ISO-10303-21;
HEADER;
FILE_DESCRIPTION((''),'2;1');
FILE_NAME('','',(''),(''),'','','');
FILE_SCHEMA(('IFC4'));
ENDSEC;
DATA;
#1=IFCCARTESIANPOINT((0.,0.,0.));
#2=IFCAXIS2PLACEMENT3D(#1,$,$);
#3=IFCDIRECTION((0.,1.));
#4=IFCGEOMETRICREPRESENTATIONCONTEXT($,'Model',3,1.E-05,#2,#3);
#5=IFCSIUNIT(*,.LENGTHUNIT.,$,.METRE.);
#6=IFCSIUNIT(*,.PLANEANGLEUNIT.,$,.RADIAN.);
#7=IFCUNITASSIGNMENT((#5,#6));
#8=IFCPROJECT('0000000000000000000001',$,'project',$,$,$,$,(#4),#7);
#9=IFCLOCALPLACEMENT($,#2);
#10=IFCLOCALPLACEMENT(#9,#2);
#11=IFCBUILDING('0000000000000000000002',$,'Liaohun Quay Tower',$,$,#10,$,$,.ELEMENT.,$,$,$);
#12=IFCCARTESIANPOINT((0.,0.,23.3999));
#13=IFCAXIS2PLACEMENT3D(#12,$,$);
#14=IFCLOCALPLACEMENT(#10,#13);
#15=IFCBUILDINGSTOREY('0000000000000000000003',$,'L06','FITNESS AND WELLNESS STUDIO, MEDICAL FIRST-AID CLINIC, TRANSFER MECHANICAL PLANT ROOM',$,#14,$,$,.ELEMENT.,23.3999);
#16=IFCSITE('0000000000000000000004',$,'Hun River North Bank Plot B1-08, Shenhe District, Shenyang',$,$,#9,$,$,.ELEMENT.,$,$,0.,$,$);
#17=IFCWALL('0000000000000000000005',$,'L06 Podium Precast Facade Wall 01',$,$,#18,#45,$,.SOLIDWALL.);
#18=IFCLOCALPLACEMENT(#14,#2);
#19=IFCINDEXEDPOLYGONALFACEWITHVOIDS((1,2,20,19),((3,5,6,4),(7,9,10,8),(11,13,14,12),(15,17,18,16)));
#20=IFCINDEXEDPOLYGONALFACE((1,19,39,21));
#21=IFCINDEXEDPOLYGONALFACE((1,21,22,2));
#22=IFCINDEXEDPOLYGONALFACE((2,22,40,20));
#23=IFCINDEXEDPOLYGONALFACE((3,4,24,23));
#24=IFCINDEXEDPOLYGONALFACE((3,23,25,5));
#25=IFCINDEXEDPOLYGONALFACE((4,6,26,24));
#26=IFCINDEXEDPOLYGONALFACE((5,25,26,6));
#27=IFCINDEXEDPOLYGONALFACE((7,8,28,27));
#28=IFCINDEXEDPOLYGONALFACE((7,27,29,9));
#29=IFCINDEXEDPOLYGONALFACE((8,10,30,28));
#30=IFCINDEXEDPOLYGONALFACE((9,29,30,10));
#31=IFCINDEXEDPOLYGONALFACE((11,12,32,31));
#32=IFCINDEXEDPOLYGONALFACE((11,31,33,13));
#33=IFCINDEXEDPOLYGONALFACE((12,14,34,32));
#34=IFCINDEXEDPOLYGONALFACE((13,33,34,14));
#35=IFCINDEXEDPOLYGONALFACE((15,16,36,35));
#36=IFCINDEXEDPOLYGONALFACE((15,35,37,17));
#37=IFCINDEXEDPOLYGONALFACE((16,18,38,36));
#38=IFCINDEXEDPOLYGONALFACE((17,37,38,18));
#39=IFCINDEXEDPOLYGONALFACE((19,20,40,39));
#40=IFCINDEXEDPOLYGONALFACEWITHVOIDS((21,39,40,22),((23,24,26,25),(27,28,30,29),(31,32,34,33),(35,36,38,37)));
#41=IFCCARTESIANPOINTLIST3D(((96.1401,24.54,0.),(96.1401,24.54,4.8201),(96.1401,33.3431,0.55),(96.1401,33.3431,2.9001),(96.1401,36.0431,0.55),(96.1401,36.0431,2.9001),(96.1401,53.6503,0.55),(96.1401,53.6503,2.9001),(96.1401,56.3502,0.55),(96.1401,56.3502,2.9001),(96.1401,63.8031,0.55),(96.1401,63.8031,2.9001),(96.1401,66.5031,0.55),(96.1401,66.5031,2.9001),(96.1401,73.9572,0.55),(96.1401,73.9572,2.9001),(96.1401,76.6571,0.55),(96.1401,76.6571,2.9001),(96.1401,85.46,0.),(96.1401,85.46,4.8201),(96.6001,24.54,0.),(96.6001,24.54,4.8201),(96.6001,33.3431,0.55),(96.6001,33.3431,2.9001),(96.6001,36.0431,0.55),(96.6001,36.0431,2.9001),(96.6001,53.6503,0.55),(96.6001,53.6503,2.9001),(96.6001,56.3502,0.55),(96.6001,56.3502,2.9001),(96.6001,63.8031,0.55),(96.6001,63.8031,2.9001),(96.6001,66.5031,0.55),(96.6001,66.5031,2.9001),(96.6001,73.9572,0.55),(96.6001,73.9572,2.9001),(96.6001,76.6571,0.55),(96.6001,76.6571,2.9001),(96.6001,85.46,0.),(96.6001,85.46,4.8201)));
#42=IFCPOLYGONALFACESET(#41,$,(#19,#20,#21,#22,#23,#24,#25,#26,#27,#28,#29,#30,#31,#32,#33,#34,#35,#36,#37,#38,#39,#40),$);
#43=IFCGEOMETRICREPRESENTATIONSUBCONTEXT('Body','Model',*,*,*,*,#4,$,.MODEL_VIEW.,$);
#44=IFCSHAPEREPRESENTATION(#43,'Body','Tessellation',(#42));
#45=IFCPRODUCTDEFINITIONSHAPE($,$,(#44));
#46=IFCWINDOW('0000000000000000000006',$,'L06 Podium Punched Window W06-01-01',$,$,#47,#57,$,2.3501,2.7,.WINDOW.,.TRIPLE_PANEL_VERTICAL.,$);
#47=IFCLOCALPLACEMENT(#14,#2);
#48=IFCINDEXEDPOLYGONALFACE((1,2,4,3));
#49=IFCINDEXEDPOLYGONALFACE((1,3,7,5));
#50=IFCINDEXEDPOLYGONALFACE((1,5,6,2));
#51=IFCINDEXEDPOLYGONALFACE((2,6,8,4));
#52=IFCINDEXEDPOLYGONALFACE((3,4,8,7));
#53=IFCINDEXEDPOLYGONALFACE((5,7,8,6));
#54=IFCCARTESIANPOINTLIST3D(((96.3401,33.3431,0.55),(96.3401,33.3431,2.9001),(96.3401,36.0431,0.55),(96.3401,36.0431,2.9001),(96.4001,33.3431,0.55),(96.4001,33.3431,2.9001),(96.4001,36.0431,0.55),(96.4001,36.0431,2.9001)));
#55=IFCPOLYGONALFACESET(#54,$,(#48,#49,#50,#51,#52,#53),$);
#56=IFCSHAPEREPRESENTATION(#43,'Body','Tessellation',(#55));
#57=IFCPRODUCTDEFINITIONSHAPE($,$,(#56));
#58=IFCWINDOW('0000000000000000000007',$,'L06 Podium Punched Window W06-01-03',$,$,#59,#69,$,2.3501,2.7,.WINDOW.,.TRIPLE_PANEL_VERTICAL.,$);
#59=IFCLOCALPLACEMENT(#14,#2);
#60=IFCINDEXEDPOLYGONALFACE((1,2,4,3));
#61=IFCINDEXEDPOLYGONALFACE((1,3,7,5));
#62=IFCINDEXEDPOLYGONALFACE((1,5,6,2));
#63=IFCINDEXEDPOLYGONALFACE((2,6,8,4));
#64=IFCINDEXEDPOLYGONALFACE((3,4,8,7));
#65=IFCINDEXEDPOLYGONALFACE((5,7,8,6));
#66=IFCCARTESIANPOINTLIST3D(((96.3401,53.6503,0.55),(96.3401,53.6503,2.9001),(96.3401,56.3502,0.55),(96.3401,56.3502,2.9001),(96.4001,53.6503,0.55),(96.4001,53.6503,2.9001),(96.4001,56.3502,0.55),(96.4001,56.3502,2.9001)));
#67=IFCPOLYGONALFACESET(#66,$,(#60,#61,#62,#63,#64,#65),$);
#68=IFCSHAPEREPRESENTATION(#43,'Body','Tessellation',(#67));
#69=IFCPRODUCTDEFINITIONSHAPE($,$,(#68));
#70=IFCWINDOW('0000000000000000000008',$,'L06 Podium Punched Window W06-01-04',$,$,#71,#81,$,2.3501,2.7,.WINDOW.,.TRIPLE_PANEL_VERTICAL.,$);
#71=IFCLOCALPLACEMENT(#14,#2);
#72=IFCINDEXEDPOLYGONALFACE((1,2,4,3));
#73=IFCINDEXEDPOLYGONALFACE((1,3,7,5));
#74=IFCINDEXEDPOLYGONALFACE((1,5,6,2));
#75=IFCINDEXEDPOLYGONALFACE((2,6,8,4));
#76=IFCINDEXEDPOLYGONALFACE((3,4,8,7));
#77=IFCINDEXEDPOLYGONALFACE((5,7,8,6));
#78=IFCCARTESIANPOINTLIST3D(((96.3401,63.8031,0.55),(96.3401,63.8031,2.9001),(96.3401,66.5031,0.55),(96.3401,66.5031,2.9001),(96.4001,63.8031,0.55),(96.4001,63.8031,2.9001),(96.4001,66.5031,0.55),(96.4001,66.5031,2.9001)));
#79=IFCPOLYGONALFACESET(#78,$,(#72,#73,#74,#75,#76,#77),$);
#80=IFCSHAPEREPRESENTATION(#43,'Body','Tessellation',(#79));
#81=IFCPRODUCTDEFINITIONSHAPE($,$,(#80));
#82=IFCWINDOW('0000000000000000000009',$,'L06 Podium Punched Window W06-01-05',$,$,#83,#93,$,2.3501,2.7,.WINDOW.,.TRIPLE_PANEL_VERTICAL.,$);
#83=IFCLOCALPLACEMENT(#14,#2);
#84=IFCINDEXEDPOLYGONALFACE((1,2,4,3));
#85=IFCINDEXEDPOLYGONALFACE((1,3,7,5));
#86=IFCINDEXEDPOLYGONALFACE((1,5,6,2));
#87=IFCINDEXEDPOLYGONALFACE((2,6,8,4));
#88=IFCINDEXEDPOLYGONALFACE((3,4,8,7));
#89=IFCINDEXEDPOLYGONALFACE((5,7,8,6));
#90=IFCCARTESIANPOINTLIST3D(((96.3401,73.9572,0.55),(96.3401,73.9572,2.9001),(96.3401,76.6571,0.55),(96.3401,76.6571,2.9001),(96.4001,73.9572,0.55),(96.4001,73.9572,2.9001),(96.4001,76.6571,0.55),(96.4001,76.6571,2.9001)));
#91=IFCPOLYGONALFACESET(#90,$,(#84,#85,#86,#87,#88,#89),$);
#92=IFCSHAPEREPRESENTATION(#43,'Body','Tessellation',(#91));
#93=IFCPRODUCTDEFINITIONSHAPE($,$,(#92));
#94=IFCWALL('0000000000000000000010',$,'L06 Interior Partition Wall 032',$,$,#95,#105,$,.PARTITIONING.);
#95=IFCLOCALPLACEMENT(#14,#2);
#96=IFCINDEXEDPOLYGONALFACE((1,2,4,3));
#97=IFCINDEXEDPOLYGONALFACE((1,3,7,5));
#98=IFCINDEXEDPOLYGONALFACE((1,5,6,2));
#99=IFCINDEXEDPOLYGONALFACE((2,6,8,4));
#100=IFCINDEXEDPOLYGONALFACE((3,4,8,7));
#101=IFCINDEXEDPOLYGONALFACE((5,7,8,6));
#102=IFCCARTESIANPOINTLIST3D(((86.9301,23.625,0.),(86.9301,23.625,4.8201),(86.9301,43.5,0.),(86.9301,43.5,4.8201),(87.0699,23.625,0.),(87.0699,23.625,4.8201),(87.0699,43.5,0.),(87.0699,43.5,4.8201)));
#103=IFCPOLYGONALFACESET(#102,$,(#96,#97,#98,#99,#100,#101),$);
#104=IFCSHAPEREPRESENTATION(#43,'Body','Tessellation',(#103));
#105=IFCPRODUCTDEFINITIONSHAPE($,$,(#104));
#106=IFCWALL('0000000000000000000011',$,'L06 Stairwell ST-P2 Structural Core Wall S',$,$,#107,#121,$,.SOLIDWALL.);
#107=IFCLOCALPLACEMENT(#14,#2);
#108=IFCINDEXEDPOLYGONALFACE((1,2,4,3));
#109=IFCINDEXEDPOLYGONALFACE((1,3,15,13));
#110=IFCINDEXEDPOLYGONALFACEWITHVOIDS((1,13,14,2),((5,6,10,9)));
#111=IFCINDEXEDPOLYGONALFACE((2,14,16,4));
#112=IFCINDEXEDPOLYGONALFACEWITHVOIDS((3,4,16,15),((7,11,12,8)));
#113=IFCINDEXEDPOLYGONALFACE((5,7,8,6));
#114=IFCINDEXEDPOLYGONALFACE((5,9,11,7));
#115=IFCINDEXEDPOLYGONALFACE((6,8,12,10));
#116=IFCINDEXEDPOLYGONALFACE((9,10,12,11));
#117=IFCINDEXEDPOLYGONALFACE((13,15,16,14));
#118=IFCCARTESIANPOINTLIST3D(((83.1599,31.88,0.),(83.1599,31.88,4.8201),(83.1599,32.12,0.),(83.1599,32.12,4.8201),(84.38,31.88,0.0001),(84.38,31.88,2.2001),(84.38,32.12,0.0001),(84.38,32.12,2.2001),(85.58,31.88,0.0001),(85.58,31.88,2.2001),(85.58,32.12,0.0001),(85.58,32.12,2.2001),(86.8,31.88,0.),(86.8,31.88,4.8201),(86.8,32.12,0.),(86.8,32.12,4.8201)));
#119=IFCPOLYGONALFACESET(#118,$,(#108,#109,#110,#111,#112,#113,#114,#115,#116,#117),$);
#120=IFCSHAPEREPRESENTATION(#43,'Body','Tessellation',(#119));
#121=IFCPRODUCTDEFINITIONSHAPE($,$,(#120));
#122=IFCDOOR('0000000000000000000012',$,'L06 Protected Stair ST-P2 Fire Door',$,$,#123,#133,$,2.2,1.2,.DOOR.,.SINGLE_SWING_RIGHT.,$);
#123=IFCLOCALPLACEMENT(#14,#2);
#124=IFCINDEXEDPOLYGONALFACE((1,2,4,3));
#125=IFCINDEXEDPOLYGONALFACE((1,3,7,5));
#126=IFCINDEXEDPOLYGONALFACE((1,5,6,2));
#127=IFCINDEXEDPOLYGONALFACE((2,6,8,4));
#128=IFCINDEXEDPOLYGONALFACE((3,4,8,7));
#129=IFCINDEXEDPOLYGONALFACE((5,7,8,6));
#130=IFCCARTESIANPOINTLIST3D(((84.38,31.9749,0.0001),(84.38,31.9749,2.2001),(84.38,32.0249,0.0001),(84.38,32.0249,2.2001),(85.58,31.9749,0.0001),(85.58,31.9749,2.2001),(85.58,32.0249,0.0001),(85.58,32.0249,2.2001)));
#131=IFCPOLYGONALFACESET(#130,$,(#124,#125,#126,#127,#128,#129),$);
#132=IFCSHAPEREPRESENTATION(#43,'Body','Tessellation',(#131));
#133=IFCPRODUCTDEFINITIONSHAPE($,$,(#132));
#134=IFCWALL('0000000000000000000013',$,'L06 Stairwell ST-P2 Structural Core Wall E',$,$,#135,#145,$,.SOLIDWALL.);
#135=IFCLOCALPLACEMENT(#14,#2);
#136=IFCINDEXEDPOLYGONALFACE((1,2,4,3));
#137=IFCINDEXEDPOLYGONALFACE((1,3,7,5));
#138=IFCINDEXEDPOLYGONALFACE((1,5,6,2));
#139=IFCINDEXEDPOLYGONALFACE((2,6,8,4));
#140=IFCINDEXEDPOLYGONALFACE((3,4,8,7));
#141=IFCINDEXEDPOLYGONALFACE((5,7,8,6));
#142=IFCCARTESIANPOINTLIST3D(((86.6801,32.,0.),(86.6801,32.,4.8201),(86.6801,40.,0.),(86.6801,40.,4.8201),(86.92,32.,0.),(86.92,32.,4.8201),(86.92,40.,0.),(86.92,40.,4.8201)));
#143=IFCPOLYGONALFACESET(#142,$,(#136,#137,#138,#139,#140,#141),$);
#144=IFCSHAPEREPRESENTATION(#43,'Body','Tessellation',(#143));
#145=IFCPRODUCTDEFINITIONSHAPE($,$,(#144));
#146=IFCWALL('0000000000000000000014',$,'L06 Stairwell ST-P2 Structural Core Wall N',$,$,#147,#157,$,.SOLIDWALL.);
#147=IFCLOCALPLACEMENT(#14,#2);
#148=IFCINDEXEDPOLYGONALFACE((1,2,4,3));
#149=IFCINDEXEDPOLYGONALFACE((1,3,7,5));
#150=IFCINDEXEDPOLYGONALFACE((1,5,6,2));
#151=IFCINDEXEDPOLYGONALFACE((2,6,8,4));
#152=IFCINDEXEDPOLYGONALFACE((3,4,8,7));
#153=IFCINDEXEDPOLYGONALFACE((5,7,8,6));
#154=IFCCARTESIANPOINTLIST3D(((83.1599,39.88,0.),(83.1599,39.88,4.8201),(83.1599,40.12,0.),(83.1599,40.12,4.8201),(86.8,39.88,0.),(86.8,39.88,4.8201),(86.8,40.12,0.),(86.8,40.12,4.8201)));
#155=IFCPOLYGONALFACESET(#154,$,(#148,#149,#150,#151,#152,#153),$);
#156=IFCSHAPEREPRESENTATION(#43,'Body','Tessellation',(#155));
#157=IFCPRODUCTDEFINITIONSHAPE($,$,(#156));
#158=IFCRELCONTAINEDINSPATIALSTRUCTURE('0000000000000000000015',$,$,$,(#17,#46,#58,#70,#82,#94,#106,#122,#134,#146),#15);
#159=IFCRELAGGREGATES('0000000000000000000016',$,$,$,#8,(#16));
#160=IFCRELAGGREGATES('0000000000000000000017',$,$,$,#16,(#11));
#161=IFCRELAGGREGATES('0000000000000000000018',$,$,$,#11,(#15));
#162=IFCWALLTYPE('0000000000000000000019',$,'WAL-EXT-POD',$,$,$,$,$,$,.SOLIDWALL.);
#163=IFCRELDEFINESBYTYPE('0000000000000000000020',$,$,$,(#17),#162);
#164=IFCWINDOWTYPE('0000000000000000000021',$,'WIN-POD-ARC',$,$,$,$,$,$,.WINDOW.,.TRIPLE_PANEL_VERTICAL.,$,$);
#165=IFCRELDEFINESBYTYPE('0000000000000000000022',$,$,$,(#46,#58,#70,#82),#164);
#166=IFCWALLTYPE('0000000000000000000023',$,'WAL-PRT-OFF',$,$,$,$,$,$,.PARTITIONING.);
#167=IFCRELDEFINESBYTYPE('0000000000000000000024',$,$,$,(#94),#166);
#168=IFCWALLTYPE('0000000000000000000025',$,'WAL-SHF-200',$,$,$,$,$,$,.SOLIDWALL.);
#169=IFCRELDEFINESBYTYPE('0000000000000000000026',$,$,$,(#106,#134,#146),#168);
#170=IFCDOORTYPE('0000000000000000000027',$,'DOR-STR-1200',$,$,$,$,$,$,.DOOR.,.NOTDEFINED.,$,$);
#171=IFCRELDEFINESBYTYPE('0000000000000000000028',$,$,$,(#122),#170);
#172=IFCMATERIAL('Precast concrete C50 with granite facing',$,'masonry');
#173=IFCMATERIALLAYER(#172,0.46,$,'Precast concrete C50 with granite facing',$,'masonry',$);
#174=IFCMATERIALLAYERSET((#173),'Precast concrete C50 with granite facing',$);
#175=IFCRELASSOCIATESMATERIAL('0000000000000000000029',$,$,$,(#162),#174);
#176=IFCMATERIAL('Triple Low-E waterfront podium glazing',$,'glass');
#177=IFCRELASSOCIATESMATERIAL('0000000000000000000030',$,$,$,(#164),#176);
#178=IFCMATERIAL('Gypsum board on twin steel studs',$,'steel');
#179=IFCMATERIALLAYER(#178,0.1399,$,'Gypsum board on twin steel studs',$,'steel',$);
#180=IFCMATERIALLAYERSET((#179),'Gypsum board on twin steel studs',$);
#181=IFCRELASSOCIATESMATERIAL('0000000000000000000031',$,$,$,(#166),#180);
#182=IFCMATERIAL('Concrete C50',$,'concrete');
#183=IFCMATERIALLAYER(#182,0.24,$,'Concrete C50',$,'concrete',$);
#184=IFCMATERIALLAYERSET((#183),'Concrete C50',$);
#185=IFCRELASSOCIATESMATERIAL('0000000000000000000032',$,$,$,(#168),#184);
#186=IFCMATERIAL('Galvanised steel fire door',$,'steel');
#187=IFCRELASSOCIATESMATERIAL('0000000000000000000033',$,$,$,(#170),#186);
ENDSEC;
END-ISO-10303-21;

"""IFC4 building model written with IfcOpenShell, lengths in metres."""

from ifc_helpers import new_model, si_unit, direction, frame, frame_2d, origin, place, context, subcontext, project, spatial, rectangle, extrude, source, transform, mapped, material, layer, layer_set, type_object, element, fill, save


model = new_model("IFC4")

# Units and contexts
model_context = context("Model", 3, precision=1e-05, world=origin(), true_north=direction((0.0, 1.0)))
body_context = subcontext(model_context, "Body", "Model", "MODEL_VIEW")
ifc_project = project(units=[si_unit("LENGTHUNIT", "METRE"), si_unit("PLANEANGLEUNIT", "RADIAN")], contexts=[model_context])

# Site, building, storey
site_placement = place(None, origin())
site = spatial("IfcSite", under=ifc_project, at=site_placement, Name="Hun River North Bank Plot B1-08, Shenhe District, Shenyang", CompositionType="ELEMENT", RefElevation=0.0)
building_placement = place(site_placement, origin())
building = spatial("IfcBuilding", under=site, at=building_placement, Name="Liaohun Quay Tower", CompositionType="ELEMENT")
storey_placement = place(building_placement, frame((0.0, 0.0, 23.3999)))
storey = spatial("IfcBuildingStorey", under=building, at=storey_placement, Name="L06", Description="FITNESS AND WELLNESS STUDIO, MEDICAL FIRST-AID CLINIC, TRANSFER MECHANICAL PLANT ROOM", CompositionType="ELEMENT", Elevation=23.3999)

# Wall, openings, windows
ifc_material_1 = material(Name="Precast concrete C50 with granite facing", Category="masonry")
ifc_layer_1 = layer(ifc_material_1, 0.46, Name="Precast concrete C50 with granite facing", Category="masonry")
ifc_layer_set_1 = layer_set([ifc_layer_1], Name="Precast concrete C50 with granite facing")
wall_type_1 = type_object("IfcWallType", Name="WAL-EXT-POD", PredefinedType="SOLIDWALL", material=ifc_layer_set_1)
wall_1_placement = place(storey_placement, frame((96.3701, 24.54, 0.0), z_axis=(0.0, 0.0, 1.0), x_axis=(0.0, 1.0, 0.0)))
wall_1 = element("IfcWall", 1, at=wall_1_placement, inside=storey, type_object=wall_type_1, Name="L06 Podium Precast Facade Wall 01", PredefinedType="SOLIDWALL", context=body_context, shape_type="SweptSolid", body=[
    extrude(rectangle(XDim=60.9199, YDim=0.46, at=frame_2d((30.46, 0.0))), origin(), (0.0, 0.0, 1.0), 4.8201),
])
shared_shape_1 = source(origin(), body_context, "Body", "SweptSolid", [
    extrude(rectangle(XDim=2.7, YDim=2.3501, at=frame_2d((1.3501, 1.175))), frame((0.0, 0.24, 0.0), z_axis=(0.0, -1.0, 0.0), x_axis=(1.0, 0.0, 0.0)), (0.0, 0.0, 1.0), 0.48),
])
opening_1_placement = place(wall_1_placement, frame((8.803, 0.0, 0.55)))
opening_1 = element("IfcOpeningElement", 2, at=opening_1_placement, cuts=wall_1, PredefinedType="OPENING", context=body_context, shape_type="MappedRepresentation", body=[
    mapped(shared_shape_1, transform((0.0, 0.0, 0.0), x_axis=(1.0, 0.0, 0.0), y_axis=(0.0, 1.0, 0.0), z_axis=(0.0, 0.0, 1.0), scale=1.0)),
])
opening_2_placement = place(wall_1_placement, frame((29.1101, 0.0, 0.55)))
opening_2 = element("IfcOpeningElement", 3, at=opening_2_placement, cuts=wall_1, PredefinedType="OPENING", context=body_context, shape_type="MappedRepresentation", body=[
    mapped(shared_shape_1, transform((0.0, 0.0, 0.0), x_axis=(1.0, 0.0, 0.0), y_axis=(0.0, 1.0, 0.0), z_axis=(0.0, 0.0, 1.0), scale=1.0)),
])
opening_3_placement = place(wall_1_placement, frame((39.2629, 0.0, 0.55)))
opening_3 = element("IfcOpeningElement", 4, at=opening_3_placement, cuts=wall_1, PredefinedType="OPENING", context=body_context, shape_type="MappedRepresentation", body=[
    mapped(shared_shape_1, transform((0.0, 0.0, 0.0), x_axis=(1.0, 0.0, 0.0), y_axis=(0.0, 1.0, 0.0), z_axis=(0.0, 0.0, 1.0), scale=1.0)),
])
opening_4_placement = place(wall_1_placement, frame((49.417, 0.0, 0.55)))
opening_4 = element("IfcOpeningElement", 5, at=opening_4_placement, cuts=wall_1, PredefinedType="OPENING", context=body_context, shape_type="MappedRepresentation", body=[
    mapped(shared_shape_1, transform((0.0, 0.0, 0.0), x_axis=(1.0, 0.0, 0.0), y_axis=(0.0, 1.0, 0.0), z_axis=(0.0, 0.0, 1.0), scale=1.0)),
])
ifc_material_2 = material(Name="Triple Low-E waterfront podium glazing", Category="glass")
window_type = type_object("IfcWindowType", Name="WIN-POD-ARC", PartitioningType="TRIPLE_PANEL_VERTICAL", PredefinedType="WINDOW", material=ifc_material_2)
shared_shape_2 = source(origin(), body_context, "Body", "SweptSolid", [
    extrude(rectangle(XDim=2.7, YDim=2.3501, at=frame_2d((1.3501, 1.175))), frame((0.0, 0.03, 0.0), z_axis=(0.0, -1.0, 0.0), x_axis=(1.0, 0.0, 0.0)), (0.0, 0.0, 1.0), 0.0601),
])
window_1_placement = place(opening_1_placement, origin())
window_1 = element("IfcWindow", 6, at=window_1_placement, inside=storey, type_object=window_type, Name="L06 Podium Punched Window W06-01-01", OverallHeight=2.3501, OverallWidth=2.7, PartitioningType="TRIPLE_PANEL_VERTICAL", PredefinedType="WINDOW", context=body_context, shape_type="MappedRepresentation", body=[
    mapped(shared_shape_2, transform((0.0, 0.0, 0.0), x_axis=(1.0, 0.0, 0.0), y_axis=(0.0, 1.0, 0.0), z_axis=(0.0, 0.0, 1.0), scale=1.0)),
])
fill(opening_1, window_1)
window_2_placement = place(opening_2_placement, origin())
window_2 = element("IfcWindow", 7, at=window_2_placement, inside=storey, type_object=window_type, Name="L06 Podium Punched Window W06-01-03", OverallHeight=2.3501, OverallWidth=2.7, PartitioningType="TRIPLE_PANEL_VERTICAL", PredefinedType="WINDOW", context=body_context, shape_type="MappedRepresentation", body=[
    mapped(shared_shape_2, transform((0.0, 0.0, 0.0), x_axis=(1.0, 0.0, 0.0), y_axis=(0.0, 1.0, 0.0), z_axis=(0.0, 0.0, 1.0), scale=1.0)),
])
fill(opening_2, window_2)
window_3_placement = place(opening_3_placement, origin())
window_3 = element("IfcWindow", 8, at=window_3_placement, inside=storey, type_object=window_type, Name="L06 Podium Punched Window W06-01-04", OverallHeight=2.3501, OverallWidth=2.7, PartitioningType="TRIPLE_PANEL_VERTICAL", PredefinedType="WINDOW", context=body_context, shape_type="MappedRepresentation", body=[
    mapped(shared_shape_2, transform((0.0, 0.0, 0.0), x_axis=(1.0, 0.0, 0.0), y_axis=(0.0, 1.0, 0.0), z_axis=(0.0, 0.0, 1.0), scale=1.0)),
])
fill(opening_3, window_3)
window_4_placement = place(opening_4_placement, origin())
window_4 = element("IfcWindow", 9, at=window_4_placement, inside=storey, type_object=window_type, Name="L06 Podium Punched Window W06-01-05", OverallHeight=2.3501, OverallWidth=2.7, PartitioningType="TRIPLE_PANEL_VERTICAL", PredefinedType="WINDOW", context=body_context, shape_type="MappedRepresentation", body=[
    mapped(shared_shape_2, transform((0.0, 0.0, 0.0), x_axis=(1.0, 0.0, 0.0), y_axis=(0.0, 1.0, 0.0), z_axis=(0.0, 0.0, 1.0), scale=1.0)),
])
fill(opening_4, window_4)

# Wall
ifc_material_3 = material(Name="Gypsum board on twin steel studs", Category="steel")
ifc_layer_2 = layer(ifc_material_3, 0.1399, Name="Gypsum board on twin steel studs", Category="steel")
ifc_layer_set_2 = layer_set([ifc_layer_2], Name="Gypsum board on twin steel studs")
wall_type_2 = type_object("IfcWallType", Name="WAL-PRT-OFF", PredefinedType="PARTITIONING", material=ifc_layer_set_2)
wall_2_placement = place(storey_placement, frame((87.0, 23.625, 0.0), z_axis=(0.0, 0.0, 1.0), x_axis=(0.0, 1.0, 0.0)))
element("IfcWall", 10, at=wall_2_placement, inside=storey, type_object=wall_type_2, Name="L06 Interior Partition Wall 032", PredefinedType="PARTITIONING", context=body_context, shape_type="SweptSolid", body=[
    extrude(rectangle(XDim=19.875, YDim=0.1399, at=frame_2d((9.9375, 0.0))), origin(), (0.0, 0.0, 1.0), 4.8201),
])

# Wall, opening, door
ifc_material_4 = material(Name="Concrete C50", Category="concrete")
ifc_layer_3 = layer(ifc_material_4, 0.24, Name="Concrete C50", Category="concrete")
ifc_layer_set_3 = layer_set([ifc_layer_3], Name="Concrete C50")
wall_type_3 = type_object("IfcWallType", Name="WAL-SHF-200", PredefinedType="SOLIDWALL", material=ifc_layer_set_3)
wall_3_placement = place(storey_placement, frame((83.1599, 32.0, 0.0), z_axis=(0.0, 0.0, 1.0), x_axis=(1.0, 0.0, 0.0)))
wall_3 = element("IfcWall", 11, at=wall_3_placement, inside=storey, type_object=wall_type_3, Name="L06 Stairwell ST-P2 Structural Core Wall S", PredefinedType="SOLIDWALL", context=body_context, shape_type="SweptSolid", body=[
    extrude(rectangle(XDim=3.6401, YDim=0.24, at=frame_2d((1.8201, 0.0))), origin(), (0.0, 0.0, 1.0), 4.8201),
])
shared_shape_3 = source(origin(), body_context, "Body", "SweptSolid", [
    extrude(rectangle(XDim=1.2, YDim=2.2, at=frame_2d((0.6001, 1.1001))), frame((0.0, 0.1299, 0.0), z_axis=(0.0, -1.0, 0.0), x_axis=(1.0, 0.0, 0.0)), (0.0, 0.0, 1.0), 0.26),
])
opening_5_placement = place(wall_3_placement, frame((1.22, 0.0, 0.0)))
opening_5 = element("IfcOpeningElement", 12, at=opening_5_placement, cuts=wall_3, PredefinedType="OPENING", context=body_context, shape_type="MappedRepresentation", body=[
    mapped(shared_shape_3, transform((0.0, 0.0, 0.0), x_axis=(1.0, 0.0, 0.0), y_axis=(0.0, 1.0, 0.0), z_axis=(0.0, 0.0, 1.0), scale=1.0)),
])
ifc_material_5 = material(Name="Galvanised steel fire door", Category="steel")
door_type_1 = type_object("IfcDoorType", Name="DOR-STR-1200", OperationType="NOTDEFINED", PredefinedType="DOOR", material=ifc_material_5)
shared_shape_4 = source(origin(), body_context, "Body", "SweptSolid", [
    extrude(rectangle(XDim=1.2, YDim=2.2, at=frame_2d((0.6001, 1.1001))), frame((0.0, 0.0249, 0.0), z_axis=(0.0, -1.0, 0.0), x_axis=(1.0, 0.0, 0.0)), (0.0, 0.0, 1.0), 0.05),
])
door_1_placement = place(opening_5_placement, origin())
door_1 = element("IfcDoor", 13, at=door_1_placement, inside=storey, type_object=door_type_1, Name="L06 Protected Stair ST-P2 Fire Door", OperationType="SINGLE_SWING_RIGHT", OverallHeight=2.2, OverallWidth=1.2, PredefinedType="DOOR", context=body_context, shape_type="MappedRepresentation", body=[
    mapped(shared_shape_4, transform((0.0, 0.0, 0.0), x_axis=(1.0, 0.0, 0.0), y_axis=(0.0, 1.0, 0.0), z_axis=(0.0, 0.0, 1.0), scale=1.0)),
])
fill(opening_5, door_1)

# Walls
wall_4_placement = place(storey_placement, frame((86.8, 32.0, 0.0), z_axis=(0.0, 0.0, 1.0), x_axis=(0.0, 1.0, 0.0)))
element("IfcWall", 14, at=wall_4_placement, inside=storey, type_object=wall_type_3, Name="L06 Stairwell ST-P2 Structural Core Wall E", PredefinedType="SOLIDWALL", context=body_context, shape_type="SweptSolid", body=[
    extrude(rectangle(XDim=8.0, YDim=0.24, at=frame_2d((4.0, 0.0))), origin(), (0.0, 0.0, 1.0), 4.8201),
])
wall_5_placement = place(storey_placement, frame((86.8, 40.0, 0.0), z_axis=(0.0, 0.0, 1.0), x_axis=(-1.0, 0.0, 0.0)))
element("IfcWall", 15, at=wall_5_placement, inside=storey, type_object=wall_type_3, Name="L06 Stairwell ST-P2 Structural Core Wall N", PredefinedType="SOLIDWALL", context=body_context, shape_type="SweptSolid", body=[
    extrude(rectangle(XDim=3.6401, YDim=0.24, at=frame_2d((1.8201, 0.0))), origin(), (0.0, 0.0, 1.0), 4.8201),
])

save(model, "model.ifc")
